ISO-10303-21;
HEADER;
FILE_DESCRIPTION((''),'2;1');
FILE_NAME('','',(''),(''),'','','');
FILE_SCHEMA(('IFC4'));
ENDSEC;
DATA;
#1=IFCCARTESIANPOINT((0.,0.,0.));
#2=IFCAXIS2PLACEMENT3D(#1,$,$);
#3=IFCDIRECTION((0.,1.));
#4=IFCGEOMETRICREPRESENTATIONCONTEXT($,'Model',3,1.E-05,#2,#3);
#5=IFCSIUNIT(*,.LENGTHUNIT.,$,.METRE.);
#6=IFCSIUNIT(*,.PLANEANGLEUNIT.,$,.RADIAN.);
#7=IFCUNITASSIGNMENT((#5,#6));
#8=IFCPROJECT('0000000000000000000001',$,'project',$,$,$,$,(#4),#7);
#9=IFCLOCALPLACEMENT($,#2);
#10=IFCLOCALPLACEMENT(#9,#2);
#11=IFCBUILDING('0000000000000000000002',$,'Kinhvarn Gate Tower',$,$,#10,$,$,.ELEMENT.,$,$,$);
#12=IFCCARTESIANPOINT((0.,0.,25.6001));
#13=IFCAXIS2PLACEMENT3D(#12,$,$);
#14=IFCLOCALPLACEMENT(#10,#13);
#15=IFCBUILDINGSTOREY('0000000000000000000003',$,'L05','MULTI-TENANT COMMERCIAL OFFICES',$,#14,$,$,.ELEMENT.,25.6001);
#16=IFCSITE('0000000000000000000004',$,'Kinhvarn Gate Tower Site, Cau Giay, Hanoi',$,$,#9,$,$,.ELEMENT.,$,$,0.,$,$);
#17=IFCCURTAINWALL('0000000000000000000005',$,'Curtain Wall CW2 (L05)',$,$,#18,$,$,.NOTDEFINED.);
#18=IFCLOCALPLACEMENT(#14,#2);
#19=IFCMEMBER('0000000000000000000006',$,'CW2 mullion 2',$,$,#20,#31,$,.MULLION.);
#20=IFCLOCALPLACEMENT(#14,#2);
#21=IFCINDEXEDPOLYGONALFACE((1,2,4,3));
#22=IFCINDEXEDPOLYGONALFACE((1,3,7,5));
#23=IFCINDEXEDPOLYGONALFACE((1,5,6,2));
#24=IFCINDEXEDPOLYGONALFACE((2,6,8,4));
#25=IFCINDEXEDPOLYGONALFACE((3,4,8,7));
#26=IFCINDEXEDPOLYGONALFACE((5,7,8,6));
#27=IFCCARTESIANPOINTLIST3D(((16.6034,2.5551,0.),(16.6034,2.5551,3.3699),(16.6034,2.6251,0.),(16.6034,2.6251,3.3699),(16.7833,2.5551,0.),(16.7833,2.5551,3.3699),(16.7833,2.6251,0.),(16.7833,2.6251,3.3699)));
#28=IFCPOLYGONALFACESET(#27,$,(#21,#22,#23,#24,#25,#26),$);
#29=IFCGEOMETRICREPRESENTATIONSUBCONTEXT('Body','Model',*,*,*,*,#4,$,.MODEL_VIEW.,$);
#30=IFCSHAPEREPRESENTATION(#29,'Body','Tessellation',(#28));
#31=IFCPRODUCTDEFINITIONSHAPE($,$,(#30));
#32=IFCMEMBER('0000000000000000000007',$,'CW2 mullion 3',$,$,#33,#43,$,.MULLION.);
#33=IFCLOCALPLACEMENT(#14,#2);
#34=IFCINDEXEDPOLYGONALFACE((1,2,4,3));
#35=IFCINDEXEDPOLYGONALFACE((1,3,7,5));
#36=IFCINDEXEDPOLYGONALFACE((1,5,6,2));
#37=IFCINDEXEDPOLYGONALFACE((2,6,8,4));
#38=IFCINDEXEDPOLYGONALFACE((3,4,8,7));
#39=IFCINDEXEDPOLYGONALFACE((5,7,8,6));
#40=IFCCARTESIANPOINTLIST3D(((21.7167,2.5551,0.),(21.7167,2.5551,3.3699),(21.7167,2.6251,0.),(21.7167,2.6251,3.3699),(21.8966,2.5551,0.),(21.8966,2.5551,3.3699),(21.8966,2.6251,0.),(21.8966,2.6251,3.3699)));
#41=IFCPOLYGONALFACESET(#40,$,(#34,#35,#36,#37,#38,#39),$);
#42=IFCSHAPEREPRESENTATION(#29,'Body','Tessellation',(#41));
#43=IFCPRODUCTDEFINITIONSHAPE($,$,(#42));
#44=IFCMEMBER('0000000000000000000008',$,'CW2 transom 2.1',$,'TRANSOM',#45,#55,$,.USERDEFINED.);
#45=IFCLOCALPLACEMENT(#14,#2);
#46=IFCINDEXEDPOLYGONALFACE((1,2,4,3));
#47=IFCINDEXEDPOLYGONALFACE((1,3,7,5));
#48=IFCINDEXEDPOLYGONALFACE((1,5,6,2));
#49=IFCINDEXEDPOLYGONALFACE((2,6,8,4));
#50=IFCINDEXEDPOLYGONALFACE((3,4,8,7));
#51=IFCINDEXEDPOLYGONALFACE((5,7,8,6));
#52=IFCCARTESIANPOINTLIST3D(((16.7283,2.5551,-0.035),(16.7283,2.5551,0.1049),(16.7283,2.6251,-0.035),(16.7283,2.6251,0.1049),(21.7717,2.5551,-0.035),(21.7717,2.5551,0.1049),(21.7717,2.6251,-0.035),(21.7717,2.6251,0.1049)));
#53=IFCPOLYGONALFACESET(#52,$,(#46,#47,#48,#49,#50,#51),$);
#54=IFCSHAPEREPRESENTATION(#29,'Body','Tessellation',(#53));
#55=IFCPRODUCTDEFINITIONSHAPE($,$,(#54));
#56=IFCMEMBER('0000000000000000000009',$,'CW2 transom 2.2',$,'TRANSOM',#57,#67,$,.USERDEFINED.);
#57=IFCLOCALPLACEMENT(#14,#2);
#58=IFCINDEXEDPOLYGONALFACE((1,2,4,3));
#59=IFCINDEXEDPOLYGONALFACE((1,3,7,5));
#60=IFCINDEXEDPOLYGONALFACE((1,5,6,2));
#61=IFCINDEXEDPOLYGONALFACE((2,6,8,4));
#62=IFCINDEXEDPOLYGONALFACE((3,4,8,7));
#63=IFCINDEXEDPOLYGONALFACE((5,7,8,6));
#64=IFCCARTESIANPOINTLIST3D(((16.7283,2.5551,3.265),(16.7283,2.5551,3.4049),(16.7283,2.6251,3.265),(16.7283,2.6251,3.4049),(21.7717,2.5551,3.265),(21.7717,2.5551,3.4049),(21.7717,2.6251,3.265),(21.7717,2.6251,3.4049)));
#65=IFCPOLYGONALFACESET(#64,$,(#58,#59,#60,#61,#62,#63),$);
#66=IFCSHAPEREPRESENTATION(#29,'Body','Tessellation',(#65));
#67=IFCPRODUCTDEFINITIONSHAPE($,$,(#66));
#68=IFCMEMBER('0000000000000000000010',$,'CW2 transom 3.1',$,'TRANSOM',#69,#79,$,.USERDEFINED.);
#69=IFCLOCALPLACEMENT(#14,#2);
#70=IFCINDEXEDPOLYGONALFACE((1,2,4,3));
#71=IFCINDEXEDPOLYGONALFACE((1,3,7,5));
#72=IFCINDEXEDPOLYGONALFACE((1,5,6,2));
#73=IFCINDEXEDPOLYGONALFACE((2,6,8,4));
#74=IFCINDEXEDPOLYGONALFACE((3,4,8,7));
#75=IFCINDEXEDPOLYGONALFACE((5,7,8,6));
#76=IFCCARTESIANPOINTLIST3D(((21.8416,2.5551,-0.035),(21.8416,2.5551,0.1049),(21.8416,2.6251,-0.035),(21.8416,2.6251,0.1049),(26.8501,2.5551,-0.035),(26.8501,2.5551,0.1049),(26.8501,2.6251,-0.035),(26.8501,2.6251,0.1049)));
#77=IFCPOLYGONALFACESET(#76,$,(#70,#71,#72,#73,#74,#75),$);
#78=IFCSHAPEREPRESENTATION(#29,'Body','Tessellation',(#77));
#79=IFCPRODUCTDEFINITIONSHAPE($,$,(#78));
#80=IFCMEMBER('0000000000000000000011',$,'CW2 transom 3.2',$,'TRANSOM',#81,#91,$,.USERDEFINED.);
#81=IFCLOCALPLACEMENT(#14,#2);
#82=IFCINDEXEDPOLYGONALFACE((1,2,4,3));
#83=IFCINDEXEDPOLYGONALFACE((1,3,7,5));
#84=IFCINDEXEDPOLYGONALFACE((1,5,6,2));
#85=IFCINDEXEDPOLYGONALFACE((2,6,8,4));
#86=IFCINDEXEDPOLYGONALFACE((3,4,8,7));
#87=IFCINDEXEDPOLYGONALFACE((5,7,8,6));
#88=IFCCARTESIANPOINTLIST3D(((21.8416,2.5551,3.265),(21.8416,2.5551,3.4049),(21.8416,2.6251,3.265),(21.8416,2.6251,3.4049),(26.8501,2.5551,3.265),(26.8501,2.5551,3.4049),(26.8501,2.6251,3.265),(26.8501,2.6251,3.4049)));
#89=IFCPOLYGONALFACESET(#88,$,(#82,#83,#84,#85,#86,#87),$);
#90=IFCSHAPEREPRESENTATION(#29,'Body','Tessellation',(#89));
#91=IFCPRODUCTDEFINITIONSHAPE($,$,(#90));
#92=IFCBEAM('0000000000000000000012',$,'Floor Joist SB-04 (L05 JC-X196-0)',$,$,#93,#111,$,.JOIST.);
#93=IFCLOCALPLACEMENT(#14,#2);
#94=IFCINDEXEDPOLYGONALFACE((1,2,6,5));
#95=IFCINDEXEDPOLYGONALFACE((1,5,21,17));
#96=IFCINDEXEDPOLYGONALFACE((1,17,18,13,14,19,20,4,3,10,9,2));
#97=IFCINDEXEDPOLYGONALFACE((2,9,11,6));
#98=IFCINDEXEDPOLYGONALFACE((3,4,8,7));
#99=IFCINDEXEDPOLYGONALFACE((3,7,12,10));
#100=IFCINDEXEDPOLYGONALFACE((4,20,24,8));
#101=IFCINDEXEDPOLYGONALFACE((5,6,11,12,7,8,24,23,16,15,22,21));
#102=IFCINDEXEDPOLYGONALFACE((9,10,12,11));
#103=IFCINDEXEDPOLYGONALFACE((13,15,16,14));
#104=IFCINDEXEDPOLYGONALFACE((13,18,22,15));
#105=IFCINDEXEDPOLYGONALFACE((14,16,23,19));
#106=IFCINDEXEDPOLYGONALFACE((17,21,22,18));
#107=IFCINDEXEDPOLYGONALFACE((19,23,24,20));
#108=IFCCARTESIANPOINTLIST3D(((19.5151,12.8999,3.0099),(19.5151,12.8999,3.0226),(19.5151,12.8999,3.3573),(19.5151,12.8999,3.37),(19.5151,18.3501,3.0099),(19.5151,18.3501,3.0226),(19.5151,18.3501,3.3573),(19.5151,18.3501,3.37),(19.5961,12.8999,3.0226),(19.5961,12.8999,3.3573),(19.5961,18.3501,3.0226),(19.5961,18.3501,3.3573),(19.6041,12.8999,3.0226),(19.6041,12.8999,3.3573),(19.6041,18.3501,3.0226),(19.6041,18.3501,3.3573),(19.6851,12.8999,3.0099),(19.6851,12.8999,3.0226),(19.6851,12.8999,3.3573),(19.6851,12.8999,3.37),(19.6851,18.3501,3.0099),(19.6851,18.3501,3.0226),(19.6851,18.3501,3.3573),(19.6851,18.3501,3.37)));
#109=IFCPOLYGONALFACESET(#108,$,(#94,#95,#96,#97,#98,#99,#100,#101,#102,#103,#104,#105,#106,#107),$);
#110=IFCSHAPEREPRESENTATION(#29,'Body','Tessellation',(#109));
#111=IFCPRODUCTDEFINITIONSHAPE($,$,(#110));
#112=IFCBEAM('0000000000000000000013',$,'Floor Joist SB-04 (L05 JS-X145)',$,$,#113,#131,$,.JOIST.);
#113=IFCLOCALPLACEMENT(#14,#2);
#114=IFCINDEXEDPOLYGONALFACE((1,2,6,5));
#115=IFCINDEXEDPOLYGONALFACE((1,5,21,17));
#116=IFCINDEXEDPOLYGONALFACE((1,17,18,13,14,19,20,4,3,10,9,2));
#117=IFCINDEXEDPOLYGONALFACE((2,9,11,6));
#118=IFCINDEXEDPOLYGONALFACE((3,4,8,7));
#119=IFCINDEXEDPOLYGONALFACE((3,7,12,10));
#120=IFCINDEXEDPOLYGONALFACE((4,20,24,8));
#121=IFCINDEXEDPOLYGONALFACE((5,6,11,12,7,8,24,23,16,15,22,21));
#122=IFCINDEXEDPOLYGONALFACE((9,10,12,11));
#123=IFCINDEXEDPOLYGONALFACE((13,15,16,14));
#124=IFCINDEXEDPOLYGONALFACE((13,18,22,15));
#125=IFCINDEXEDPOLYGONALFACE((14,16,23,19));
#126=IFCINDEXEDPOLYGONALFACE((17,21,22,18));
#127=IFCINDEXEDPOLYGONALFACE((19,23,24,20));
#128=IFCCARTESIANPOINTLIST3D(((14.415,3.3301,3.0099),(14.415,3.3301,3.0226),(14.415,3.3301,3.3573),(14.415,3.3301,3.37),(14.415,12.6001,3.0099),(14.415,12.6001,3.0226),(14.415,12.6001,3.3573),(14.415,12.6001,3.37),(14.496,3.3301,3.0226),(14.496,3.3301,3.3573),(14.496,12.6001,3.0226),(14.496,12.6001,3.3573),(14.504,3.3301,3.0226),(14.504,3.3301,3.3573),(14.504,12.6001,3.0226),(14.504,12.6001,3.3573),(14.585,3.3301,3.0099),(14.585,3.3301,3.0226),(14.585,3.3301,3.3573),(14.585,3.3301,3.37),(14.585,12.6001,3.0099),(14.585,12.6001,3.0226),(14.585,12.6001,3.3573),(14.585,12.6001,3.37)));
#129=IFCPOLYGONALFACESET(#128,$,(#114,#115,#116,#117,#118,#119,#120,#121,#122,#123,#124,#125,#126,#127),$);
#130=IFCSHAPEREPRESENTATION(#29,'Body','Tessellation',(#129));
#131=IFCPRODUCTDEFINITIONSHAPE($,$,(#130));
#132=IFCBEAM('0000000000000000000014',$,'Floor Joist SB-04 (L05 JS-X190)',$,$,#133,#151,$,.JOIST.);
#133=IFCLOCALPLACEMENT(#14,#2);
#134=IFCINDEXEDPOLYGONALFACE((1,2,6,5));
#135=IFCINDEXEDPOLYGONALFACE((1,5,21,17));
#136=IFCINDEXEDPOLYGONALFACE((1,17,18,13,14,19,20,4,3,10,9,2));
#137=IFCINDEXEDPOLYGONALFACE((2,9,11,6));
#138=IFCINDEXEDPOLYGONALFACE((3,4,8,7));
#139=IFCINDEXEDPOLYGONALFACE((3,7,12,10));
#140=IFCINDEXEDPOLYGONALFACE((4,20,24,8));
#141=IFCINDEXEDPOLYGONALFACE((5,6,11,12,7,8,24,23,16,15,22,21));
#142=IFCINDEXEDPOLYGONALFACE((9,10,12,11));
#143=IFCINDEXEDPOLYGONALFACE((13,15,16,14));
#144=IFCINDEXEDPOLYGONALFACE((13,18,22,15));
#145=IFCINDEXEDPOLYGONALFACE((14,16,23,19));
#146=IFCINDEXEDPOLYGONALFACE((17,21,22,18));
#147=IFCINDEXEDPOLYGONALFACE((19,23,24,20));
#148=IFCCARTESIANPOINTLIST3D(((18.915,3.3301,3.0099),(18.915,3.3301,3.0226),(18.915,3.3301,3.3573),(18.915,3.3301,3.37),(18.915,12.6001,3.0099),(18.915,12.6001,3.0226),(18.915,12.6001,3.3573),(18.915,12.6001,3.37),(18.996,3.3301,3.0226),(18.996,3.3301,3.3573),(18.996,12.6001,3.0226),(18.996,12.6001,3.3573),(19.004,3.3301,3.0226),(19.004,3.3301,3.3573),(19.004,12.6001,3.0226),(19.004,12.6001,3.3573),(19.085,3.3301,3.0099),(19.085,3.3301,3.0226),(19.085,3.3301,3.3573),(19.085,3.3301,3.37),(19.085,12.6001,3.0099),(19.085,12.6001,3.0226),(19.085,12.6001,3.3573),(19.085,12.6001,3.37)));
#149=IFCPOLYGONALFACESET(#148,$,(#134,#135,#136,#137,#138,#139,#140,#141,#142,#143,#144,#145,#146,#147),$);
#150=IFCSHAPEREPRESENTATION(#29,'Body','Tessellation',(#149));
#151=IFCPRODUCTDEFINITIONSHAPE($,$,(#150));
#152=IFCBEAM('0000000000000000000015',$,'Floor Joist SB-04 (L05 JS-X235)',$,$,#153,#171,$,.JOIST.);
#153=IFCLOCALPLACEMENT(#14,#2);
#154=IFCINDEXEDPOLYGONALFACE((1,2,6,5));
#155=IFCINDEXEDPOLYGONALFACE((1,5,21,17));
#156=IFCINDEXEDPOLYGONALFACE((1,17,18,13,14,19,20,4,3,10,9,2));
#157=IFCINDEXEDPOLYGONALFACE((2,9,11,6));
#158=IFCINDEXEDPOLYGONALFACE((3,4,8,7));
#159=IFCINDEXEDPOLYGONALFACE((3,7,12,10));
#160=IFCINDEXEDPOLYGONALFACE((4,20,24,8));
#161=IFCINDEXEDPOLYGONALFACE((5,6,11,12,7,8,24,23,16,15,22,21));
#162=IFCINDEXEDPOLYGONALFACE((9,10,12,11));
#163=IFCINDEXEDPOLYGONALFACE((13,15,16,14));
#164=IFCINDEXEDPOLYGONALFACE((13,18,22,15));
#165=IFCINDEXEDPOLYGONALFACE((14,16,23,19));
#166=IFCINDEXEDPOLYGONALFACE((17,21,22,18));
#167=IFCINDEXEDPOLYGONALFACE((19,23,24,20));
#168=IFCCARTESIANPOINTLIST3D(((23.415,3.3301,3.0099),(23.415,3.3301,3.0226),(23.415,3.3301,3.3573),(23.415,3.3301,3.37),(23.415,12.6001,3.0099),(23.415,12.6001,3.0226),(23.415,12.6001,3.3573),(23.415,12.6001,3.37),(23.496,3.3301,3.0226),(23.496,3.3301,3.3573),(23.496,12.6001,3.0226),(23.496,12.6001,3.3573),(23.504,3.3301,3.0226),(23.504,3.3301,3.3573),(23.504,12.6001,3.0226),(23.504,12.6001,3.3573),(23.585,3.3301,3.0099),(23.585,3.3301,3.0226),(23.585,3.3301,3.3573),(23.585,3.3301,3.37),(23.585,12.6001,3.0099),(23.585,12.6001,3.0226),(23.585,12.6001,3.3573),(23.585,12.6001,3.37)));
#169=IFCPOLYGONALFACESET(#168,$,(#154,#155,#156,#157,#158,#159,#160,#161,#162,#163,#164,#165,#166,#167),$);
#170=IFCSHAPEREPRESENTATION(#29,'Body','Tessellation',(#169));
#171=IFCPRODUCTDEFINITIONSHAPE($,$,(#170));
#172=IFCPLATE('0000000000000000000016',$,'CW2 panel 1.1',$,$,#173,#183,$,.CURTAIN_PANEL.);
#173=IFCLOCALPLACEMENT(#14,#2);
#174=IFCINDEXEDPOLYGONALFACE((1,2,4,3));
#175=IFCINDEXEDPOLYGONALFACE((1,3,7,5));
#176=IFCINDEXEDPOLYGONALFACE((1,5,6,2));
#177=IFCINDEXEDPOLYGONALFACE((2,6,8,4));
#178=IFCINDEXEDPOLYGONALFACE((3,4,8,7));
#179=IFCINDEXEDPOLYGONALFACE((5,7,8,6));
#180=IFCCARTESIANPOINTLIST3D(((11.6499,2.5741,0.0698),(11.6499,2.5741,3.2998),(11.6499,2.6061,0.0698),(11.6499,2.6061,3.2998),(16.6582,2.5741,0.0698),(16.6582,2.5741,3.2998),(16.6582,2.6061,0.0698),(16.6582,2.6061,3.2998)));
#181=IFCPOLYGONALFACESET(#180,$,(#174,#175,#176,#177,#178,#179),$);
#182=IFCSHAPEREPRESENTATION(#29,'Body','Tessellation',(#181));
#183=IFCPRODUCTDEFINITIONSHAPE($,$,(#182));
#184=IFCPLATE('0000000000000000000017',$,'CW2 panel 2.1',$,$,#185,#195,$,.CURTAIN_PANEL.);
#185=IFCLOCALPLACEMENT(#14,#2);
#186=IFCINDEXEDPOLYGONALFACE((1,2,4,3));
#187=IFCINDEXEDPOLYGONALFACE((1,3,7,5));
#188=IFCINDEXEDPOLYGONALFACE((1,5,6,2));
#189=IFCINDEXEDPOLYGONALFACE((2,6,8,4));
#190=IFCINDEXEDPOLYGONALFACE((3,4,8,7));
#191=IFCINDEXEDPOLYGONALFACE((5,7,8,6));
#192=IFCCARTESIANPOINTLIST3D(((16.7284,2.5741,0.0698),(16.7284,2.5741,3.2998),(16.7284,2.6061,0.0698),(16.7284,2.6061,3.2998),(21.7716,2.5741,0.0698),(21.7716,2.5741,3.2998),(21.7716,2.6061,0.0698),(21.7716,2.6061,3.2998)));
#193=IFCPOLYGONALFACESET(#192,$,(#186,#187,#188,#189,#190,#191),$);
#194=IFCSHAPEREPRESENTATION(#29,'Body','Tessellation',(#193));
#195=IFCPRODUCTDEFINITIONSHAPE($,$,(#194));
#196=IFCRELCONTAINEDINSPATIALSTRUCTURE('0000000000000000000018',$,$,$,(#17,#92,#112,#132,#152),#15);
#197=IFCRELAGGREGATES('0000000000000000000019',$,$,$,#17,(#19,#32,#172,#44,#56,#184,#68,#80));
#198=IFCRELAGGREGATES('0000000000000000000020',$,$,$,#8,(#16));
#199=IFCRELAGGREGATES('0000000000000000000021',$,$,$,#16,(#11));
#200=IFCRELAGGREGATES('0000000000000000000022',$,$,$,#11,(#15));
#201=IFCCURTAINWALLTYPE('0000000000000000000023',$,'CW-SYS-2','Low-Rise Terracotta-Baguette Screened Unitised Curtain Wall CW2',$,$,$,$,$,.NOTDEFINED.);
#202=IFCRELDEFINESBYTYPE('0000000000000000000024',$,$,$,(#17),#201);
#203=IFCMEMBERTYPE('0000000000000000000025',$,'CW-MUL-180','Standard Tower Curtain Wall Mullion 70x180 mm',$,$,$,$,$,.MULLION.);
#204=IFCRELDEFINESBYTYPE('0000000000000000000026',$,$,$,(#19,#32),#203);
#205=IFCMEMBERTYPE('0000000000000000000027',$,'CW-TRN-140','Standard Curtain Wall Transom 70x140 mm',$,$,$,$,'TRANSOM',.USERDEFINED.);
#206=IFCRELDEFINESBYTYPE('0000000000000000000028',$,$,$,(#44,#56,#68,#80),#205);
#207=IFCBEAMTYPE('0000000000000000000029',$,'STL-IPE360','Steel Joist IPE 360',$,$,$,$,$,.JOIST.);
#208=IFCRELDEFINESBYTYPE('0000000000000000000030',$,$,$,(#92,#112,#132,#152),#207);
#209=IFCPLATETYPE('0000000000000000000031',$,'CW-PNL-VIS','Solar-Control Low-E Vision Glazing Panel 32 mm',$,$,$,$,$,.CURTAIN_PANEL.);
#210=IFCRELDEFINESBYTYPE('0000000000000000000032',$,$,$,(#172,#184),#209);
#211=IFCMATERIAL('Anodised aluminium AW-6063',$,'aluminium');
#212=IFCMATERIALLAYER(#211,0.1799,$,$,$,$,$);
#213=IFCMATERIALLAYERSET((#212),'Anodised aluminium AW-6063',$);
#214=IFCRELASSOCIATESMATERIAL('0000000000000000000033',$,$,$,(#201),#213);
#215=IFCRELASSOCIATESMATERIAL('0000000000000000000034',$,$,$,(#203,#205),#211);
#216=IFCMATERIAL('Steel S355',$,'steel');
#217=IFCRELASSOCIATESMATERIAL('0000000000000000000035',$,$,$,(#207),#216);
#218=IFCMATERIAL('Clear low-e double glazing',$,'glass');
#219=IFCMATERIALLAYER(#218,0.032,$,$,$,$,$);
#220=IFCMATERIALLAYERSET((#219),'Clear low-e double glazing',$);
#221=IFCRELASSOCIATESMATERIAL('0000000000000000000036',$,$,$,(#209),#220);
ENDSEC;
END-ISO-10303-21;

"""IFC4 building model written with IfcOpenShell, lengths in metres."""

from ifc_helpers import new_model, si_unit, direction, frame, origin, origin_2d, place, context, subcontext, project, spatial, rectangle, i_section, extrude, material, layer, layer_set, material_profile, profile_set, type_object, element, aggregate, save


model = new_model("IFC4")

# Units and contexts
model_context = context("Model", 3, precision=1e-05, world=origin(), true_north=direction((0.0, 1.0)))
body_context = subcontext(model_context, "Body", "Model", "MODEL_VIEW")
ifc_project = project(units=[si_unit("LENGTHUNIT", "METRE"), si_unit("PLANEANGLEUNIT", "RADIAN")], contexts=[model_context])

# Site, building, storey
site_placement = place(None, origin())
site = spatial("IfcSite", under=ifc_project, at=site_placement, Name="Kinhvarn Gate Tower Site, Cau Giay, Hanoi", CompositionType="ELEMENT", RefElevation=0.0)
building_placement = place(site_placement, origin())
building = spatial("IfcBuilding", under=site, at=building_placement, Name="Kinhvarn Gate Tower", CompositionType="ELEMENT")
storey_placement = place(building_placement, frame((0.0, 0.0, 25.6001)))
storey = spatial("IfcBuildingStorey", under=building, at=storey_placement, Name="L05", Description="MULTI-TENANT COMMERCIAL OFFICES", CompositionType="ELEMENT", Elevation=25.6001)

# Curtain wall, members
ifc_material_1 = material(Name="Anodised aluminium AW-6063", Category="aluminium")
ifc_layer_1 = layer(ifc_material_1, 0.1799)
ifc_layer_set_1 = layer_set([ifc_layer_1], Name="Anodised aluminium AW-6063")
curtain_wall_type = type_object("IfcCurtainWallType", Name="CW-SYS-2", Description="Low-Rise Terracotta-Baguette Screened Unitised Curtain Wall CW2", PredefinedType="NOTDEFINED", material=ifc_layer_set_1)
curtain_wall_placement = place(storey_placement, origin())
curtain_wall = element("IfcCurtainWall", 1, at=curtain_wall_placement, inside=storey, type_object=curtain_wall_type, Name="Curtain Wall CW2 (L05)", PredefinedType="NOTDEFINED")
ifc_material_profile_1 = material_profile(ifc_material_1, rectangle(XDim=0.0701, YDim=0.1799, at=origin_2d()), Name="ALU 70x180")
ifc_profile_set_1 = profile_set([ifc_material_profile_1], Name="Anodised aluminium AW-6063")
member_type_1 = type_object("IfcMemberType", Name="CW-MUL-180", Description="Standard Tower Curtain Wall Mullion 70x180 mm", PredefinedType="MULLION", material=ifc_profile_set_1)
member_1_placement = place(storey_placement, frame((16.6934, 2.5901, 0.0), z_axis=(0.0, 0.0, 1.0), x_axis=(0.0, 1.0, 0.0)))
member_1 = element("IfcMember", 2, at=member_1_placement, type_object=member_type_1, Name="CW2 mullion 2", PredefinedType="MULLION", context=body_context, shape_type="SweptSolid", body=[
    extrude(rectangle(XDim=0.0701, YDim=0.1799, at=origin_2d()), origin(), (0.0, 0.0, 1.0), 3.3699),
])
member_2_placement = place(storey_placement, frame((21.8066, 2.5901, 0.0), z_axis=(0.0, 0.0, 1.0), x_axis=(0.0, 1.0, 0.0)))
member_2 = element("IfcMember", 3, at=member_2_placement, type_object=member_type_1, Name="CW2 mullion 3", PredefinedType="MULLION", context=body_context, shape_type="SweptSolid", body=[
    extrude(rectangle(XDim=0.0701, YDim=0.1799, at=origin_2d()), origin(), (0.0, 0.0, 1.0), 3.3699),
])
ifc_material_profile_2 = material_profile(ifc_material_1, rectangle(XDim=0.0701, YDim=0.1399, at=origin_2d()), Name="ALU 70x140")
ifc_profile_set_2 = profile_set([ifc_material_profile_2], Name="Anodised aluminium AW-6063")
member_type_2 = type_object("IfcMemberType", Name="CW-TRN-140", Description="Standard Curtain Wall Transom 70x140 mm", ElementType="TRANSOM", PredefinedType="USERDEFINED", material=ifc_profile_set_2)
member_3_placement = place(storey_placement, frame((16.7283, 2.5901, 0.0349), z_axis=(1.0, 0.0, 0.0), x_axis=(0.0, 1.0, 0.0)))
member_3 = element("IfcMember", 4, at=member_3_placement, type_object=member_type_2, Name="CW2 transom 2.1", ObjectType="TRANSOM", PredefinedType="USERDEFINED", context=body_context, shape_type="SweptSolid", body=[
    extrude(rectangle(XDim=0.0701, YDim=0.1399, at=origin_2d()), origin(), (0.0, 0.0, 1.0), 5.0435),
])
member_4_placement = place(storey_placement, frame((16.7283, 2.5901, 3.335), z_axis=(1.0, 0.0, 0.0), x_axis=(0.0, 1.0, 0.0)))
member_4 = element("IfcMember", 5, at=member_4_placement, type_object=member_type_2, Name="CW2 transom 2.2", ObjectType="TRANSOM", PredefinedType="USERDEFINED", context=body_context, shape_type="SweptSolid", body=[
    extrude(rectangle(XDim=0.0701, YDim=0.1399, at=origin_2d()), origin(), (0.0, 0.0, 1.0), 5.0435),
])
member_5_placement = place(storey_placement, frame((21.8416, 2.5901, 0.0349), z_axis=(1.0, 0.0, 0.0), x_axis=(0.0, 1.0, 0.0)))
member_5 = element("IfcMember", 6, at=member_5_placement, type_object=member_type_2, Name="CW2 transom 3.1", ObjectType="TRANSOM", PredefinedType="USERDEFINED", context=body_context, shape_type="SweptSolid", body=[
    extrude(rectangle(XDim=0.0701, YDim=0.1399, at=origin_2d()), origin(), (0.0, 0.0, 1.0), 5.0085),
])
member_6_placement = place(storey_placement, frame((21.8416, 2.5901, 3.335), z_axis=(1.0, 0.0, 0.0), x_axis=(0.0, 1.0, 0.0)))
member_6 = element("IfcMember", 7, at=member_6_placement, type_object=member_type_2, Name="CW2 transom 3.2", ObjectType="TRANSOM", PredefinedType="USERDEFINED", context=body_context, shape_type="SweptSolid", body=[
    extrude(rectangle(XDim=0.0701, YDim=0.1399, at=origin_2d()), origin(), (0.0, 0.0, 1.0), 5.0085),
])

# Beams
ifc_material_2 = material(Name="Steel S355", Category="steel")
ifc_material_profile_3 = material_profile(ifc_material_2, i_section(OverallWidth=0.1699, OverallDepth=0.3601, WebThickness=0.0081, FlangeThickness=0.0127, at=origin_2d()), Name="IPE 360")
ifc_profile_set_3 = profile_set([ifc_material_profile_3], Name="Steel S355")
beam_type = type_object("IfcBeamType", Name="STL-IPE360", Description="Steel Joist IPE 360", PredefinedType="JOIST", material=ifc_profile_set_3)
beam_placement = place(storey_placement, frame((19.6001, 12.8999, 3.1899), z_axis=(0.0, 1.0, 0.0), x_axis=(-1.0, 0.0, 0.0)))
element("IfcBeam", 8, at=beam_placement, inside=storey, type_object=beam_type, Name="Floor Joist SB-04 (L05 JC-X196-0)", PredefinedType="JOIST", context=body_context, shape_type="SweptSolid", body=[
    extrude(i_section(OverallWidth=0.1699, OverallDepth=0.3601, WebThickness=0.0081, FlangeThickness=0.0127, at=origin_2d()), origin(), (0.0, 0.0, 1.0), 5.4502),
])
for number, where, z_axis, x_axis, name in (
    (9, (14.5, 3.3301, 3.1899), (0.0, 1.0, 0.0), (-1.0, 0.0, 0.0), "Floor Joist SB-04 (L05 JS-X145)"),
    (10, (19.0, 3.3301, 3.1899), (0.0, 1.0, 0.0), (-1.0, 0.0, 0.0), "Floor Joist SB-04 (L05 JS-X190)"),
    (11, (23.5, 3.3301, 3.1899), (0.0, 1.0, 0.0), (-1.0, 0.0, 0.0), "Floor Joist SB-04 (L05 JS-X235)"),
):
    element("IfcBeam", number, at=place(storey_placement, frame(where, z_axis=z_axis, x_axis=x_axis)), inside=storey, type_object=beam_type, Name=name, PredefinedType="JOIST", context=body_context, shape_type="SweptSolid", body=[
        extrude(i_section(OverallWidth=0.1699, OverallDepth=0.3601, WebThickness=0.0081, FlangeThickness=0.0127, at=origin_2d()), origin(), (0.0, 0.0, 1.0), 9.27),
    ])

# Plates
ifc_material_3 = material(Name="Clear low-e double glazing", Category="glass")
ifc_layer_2 = layer(ifc_material_3, 0.032)
ifc_layer_set_2 = layer_set([ifc_layer_2], Name="Clear low-e double glazing")
plate_type = type_object("IfcPlateType", Name="CW-PNL-VIS", Description="Solar-Control Low-E Vision Glazing Panel 32 mm", PredefinedType="CURTAIN_PANEL", material=ifc_layer_set_2)
plate_1_placement = place(storey_placement, frame((14.1541, 2.5901, 0.0698), z_axis=(0.0, 0.0, 1.0), x_axis=(1.0, 0.0, 0.0)))
plate_1 = element("IfcPlate", 12, at=plate_1_placement, type_object=plate_type, Name="CW2 panel 1.1", PredefinedType="CURTAIN_PANEL", context=body_context, shape_type="SweptSolid", body=[
    extrude(rectangle(XDim=5.0083, YDim=0.032, at=origin_2d()), origin(), (0.0, 0.0, 1.0), 3.23),
])
plate_2_placement = place(storey_placement, frame((19.25, 2.5901, 0.0698), z_axis=(0.0, 0.0, 1.0), x_axis=(1.0, 0.0, 0.0)))
plate_2 = element("IfcPlate", 13, at=plate_2_placement, type_object=plate_type, Name="CW2 panel 2.1", PredefinedType="CURTAIN_PANEL", context=body_context, shape_type="SweptSolid", body=[
    extrude(rectangle(XDim=5.0432, YDim=0.032, at=origin_2d()), origin(), (0.0, 0.0, 1.0), 3.23),
])
aggregate(curtain_wall, [member_1, member_2, plate_1, member_3, member_4, plate_2, member_5, member_6])

save(model, "model.ifc")
